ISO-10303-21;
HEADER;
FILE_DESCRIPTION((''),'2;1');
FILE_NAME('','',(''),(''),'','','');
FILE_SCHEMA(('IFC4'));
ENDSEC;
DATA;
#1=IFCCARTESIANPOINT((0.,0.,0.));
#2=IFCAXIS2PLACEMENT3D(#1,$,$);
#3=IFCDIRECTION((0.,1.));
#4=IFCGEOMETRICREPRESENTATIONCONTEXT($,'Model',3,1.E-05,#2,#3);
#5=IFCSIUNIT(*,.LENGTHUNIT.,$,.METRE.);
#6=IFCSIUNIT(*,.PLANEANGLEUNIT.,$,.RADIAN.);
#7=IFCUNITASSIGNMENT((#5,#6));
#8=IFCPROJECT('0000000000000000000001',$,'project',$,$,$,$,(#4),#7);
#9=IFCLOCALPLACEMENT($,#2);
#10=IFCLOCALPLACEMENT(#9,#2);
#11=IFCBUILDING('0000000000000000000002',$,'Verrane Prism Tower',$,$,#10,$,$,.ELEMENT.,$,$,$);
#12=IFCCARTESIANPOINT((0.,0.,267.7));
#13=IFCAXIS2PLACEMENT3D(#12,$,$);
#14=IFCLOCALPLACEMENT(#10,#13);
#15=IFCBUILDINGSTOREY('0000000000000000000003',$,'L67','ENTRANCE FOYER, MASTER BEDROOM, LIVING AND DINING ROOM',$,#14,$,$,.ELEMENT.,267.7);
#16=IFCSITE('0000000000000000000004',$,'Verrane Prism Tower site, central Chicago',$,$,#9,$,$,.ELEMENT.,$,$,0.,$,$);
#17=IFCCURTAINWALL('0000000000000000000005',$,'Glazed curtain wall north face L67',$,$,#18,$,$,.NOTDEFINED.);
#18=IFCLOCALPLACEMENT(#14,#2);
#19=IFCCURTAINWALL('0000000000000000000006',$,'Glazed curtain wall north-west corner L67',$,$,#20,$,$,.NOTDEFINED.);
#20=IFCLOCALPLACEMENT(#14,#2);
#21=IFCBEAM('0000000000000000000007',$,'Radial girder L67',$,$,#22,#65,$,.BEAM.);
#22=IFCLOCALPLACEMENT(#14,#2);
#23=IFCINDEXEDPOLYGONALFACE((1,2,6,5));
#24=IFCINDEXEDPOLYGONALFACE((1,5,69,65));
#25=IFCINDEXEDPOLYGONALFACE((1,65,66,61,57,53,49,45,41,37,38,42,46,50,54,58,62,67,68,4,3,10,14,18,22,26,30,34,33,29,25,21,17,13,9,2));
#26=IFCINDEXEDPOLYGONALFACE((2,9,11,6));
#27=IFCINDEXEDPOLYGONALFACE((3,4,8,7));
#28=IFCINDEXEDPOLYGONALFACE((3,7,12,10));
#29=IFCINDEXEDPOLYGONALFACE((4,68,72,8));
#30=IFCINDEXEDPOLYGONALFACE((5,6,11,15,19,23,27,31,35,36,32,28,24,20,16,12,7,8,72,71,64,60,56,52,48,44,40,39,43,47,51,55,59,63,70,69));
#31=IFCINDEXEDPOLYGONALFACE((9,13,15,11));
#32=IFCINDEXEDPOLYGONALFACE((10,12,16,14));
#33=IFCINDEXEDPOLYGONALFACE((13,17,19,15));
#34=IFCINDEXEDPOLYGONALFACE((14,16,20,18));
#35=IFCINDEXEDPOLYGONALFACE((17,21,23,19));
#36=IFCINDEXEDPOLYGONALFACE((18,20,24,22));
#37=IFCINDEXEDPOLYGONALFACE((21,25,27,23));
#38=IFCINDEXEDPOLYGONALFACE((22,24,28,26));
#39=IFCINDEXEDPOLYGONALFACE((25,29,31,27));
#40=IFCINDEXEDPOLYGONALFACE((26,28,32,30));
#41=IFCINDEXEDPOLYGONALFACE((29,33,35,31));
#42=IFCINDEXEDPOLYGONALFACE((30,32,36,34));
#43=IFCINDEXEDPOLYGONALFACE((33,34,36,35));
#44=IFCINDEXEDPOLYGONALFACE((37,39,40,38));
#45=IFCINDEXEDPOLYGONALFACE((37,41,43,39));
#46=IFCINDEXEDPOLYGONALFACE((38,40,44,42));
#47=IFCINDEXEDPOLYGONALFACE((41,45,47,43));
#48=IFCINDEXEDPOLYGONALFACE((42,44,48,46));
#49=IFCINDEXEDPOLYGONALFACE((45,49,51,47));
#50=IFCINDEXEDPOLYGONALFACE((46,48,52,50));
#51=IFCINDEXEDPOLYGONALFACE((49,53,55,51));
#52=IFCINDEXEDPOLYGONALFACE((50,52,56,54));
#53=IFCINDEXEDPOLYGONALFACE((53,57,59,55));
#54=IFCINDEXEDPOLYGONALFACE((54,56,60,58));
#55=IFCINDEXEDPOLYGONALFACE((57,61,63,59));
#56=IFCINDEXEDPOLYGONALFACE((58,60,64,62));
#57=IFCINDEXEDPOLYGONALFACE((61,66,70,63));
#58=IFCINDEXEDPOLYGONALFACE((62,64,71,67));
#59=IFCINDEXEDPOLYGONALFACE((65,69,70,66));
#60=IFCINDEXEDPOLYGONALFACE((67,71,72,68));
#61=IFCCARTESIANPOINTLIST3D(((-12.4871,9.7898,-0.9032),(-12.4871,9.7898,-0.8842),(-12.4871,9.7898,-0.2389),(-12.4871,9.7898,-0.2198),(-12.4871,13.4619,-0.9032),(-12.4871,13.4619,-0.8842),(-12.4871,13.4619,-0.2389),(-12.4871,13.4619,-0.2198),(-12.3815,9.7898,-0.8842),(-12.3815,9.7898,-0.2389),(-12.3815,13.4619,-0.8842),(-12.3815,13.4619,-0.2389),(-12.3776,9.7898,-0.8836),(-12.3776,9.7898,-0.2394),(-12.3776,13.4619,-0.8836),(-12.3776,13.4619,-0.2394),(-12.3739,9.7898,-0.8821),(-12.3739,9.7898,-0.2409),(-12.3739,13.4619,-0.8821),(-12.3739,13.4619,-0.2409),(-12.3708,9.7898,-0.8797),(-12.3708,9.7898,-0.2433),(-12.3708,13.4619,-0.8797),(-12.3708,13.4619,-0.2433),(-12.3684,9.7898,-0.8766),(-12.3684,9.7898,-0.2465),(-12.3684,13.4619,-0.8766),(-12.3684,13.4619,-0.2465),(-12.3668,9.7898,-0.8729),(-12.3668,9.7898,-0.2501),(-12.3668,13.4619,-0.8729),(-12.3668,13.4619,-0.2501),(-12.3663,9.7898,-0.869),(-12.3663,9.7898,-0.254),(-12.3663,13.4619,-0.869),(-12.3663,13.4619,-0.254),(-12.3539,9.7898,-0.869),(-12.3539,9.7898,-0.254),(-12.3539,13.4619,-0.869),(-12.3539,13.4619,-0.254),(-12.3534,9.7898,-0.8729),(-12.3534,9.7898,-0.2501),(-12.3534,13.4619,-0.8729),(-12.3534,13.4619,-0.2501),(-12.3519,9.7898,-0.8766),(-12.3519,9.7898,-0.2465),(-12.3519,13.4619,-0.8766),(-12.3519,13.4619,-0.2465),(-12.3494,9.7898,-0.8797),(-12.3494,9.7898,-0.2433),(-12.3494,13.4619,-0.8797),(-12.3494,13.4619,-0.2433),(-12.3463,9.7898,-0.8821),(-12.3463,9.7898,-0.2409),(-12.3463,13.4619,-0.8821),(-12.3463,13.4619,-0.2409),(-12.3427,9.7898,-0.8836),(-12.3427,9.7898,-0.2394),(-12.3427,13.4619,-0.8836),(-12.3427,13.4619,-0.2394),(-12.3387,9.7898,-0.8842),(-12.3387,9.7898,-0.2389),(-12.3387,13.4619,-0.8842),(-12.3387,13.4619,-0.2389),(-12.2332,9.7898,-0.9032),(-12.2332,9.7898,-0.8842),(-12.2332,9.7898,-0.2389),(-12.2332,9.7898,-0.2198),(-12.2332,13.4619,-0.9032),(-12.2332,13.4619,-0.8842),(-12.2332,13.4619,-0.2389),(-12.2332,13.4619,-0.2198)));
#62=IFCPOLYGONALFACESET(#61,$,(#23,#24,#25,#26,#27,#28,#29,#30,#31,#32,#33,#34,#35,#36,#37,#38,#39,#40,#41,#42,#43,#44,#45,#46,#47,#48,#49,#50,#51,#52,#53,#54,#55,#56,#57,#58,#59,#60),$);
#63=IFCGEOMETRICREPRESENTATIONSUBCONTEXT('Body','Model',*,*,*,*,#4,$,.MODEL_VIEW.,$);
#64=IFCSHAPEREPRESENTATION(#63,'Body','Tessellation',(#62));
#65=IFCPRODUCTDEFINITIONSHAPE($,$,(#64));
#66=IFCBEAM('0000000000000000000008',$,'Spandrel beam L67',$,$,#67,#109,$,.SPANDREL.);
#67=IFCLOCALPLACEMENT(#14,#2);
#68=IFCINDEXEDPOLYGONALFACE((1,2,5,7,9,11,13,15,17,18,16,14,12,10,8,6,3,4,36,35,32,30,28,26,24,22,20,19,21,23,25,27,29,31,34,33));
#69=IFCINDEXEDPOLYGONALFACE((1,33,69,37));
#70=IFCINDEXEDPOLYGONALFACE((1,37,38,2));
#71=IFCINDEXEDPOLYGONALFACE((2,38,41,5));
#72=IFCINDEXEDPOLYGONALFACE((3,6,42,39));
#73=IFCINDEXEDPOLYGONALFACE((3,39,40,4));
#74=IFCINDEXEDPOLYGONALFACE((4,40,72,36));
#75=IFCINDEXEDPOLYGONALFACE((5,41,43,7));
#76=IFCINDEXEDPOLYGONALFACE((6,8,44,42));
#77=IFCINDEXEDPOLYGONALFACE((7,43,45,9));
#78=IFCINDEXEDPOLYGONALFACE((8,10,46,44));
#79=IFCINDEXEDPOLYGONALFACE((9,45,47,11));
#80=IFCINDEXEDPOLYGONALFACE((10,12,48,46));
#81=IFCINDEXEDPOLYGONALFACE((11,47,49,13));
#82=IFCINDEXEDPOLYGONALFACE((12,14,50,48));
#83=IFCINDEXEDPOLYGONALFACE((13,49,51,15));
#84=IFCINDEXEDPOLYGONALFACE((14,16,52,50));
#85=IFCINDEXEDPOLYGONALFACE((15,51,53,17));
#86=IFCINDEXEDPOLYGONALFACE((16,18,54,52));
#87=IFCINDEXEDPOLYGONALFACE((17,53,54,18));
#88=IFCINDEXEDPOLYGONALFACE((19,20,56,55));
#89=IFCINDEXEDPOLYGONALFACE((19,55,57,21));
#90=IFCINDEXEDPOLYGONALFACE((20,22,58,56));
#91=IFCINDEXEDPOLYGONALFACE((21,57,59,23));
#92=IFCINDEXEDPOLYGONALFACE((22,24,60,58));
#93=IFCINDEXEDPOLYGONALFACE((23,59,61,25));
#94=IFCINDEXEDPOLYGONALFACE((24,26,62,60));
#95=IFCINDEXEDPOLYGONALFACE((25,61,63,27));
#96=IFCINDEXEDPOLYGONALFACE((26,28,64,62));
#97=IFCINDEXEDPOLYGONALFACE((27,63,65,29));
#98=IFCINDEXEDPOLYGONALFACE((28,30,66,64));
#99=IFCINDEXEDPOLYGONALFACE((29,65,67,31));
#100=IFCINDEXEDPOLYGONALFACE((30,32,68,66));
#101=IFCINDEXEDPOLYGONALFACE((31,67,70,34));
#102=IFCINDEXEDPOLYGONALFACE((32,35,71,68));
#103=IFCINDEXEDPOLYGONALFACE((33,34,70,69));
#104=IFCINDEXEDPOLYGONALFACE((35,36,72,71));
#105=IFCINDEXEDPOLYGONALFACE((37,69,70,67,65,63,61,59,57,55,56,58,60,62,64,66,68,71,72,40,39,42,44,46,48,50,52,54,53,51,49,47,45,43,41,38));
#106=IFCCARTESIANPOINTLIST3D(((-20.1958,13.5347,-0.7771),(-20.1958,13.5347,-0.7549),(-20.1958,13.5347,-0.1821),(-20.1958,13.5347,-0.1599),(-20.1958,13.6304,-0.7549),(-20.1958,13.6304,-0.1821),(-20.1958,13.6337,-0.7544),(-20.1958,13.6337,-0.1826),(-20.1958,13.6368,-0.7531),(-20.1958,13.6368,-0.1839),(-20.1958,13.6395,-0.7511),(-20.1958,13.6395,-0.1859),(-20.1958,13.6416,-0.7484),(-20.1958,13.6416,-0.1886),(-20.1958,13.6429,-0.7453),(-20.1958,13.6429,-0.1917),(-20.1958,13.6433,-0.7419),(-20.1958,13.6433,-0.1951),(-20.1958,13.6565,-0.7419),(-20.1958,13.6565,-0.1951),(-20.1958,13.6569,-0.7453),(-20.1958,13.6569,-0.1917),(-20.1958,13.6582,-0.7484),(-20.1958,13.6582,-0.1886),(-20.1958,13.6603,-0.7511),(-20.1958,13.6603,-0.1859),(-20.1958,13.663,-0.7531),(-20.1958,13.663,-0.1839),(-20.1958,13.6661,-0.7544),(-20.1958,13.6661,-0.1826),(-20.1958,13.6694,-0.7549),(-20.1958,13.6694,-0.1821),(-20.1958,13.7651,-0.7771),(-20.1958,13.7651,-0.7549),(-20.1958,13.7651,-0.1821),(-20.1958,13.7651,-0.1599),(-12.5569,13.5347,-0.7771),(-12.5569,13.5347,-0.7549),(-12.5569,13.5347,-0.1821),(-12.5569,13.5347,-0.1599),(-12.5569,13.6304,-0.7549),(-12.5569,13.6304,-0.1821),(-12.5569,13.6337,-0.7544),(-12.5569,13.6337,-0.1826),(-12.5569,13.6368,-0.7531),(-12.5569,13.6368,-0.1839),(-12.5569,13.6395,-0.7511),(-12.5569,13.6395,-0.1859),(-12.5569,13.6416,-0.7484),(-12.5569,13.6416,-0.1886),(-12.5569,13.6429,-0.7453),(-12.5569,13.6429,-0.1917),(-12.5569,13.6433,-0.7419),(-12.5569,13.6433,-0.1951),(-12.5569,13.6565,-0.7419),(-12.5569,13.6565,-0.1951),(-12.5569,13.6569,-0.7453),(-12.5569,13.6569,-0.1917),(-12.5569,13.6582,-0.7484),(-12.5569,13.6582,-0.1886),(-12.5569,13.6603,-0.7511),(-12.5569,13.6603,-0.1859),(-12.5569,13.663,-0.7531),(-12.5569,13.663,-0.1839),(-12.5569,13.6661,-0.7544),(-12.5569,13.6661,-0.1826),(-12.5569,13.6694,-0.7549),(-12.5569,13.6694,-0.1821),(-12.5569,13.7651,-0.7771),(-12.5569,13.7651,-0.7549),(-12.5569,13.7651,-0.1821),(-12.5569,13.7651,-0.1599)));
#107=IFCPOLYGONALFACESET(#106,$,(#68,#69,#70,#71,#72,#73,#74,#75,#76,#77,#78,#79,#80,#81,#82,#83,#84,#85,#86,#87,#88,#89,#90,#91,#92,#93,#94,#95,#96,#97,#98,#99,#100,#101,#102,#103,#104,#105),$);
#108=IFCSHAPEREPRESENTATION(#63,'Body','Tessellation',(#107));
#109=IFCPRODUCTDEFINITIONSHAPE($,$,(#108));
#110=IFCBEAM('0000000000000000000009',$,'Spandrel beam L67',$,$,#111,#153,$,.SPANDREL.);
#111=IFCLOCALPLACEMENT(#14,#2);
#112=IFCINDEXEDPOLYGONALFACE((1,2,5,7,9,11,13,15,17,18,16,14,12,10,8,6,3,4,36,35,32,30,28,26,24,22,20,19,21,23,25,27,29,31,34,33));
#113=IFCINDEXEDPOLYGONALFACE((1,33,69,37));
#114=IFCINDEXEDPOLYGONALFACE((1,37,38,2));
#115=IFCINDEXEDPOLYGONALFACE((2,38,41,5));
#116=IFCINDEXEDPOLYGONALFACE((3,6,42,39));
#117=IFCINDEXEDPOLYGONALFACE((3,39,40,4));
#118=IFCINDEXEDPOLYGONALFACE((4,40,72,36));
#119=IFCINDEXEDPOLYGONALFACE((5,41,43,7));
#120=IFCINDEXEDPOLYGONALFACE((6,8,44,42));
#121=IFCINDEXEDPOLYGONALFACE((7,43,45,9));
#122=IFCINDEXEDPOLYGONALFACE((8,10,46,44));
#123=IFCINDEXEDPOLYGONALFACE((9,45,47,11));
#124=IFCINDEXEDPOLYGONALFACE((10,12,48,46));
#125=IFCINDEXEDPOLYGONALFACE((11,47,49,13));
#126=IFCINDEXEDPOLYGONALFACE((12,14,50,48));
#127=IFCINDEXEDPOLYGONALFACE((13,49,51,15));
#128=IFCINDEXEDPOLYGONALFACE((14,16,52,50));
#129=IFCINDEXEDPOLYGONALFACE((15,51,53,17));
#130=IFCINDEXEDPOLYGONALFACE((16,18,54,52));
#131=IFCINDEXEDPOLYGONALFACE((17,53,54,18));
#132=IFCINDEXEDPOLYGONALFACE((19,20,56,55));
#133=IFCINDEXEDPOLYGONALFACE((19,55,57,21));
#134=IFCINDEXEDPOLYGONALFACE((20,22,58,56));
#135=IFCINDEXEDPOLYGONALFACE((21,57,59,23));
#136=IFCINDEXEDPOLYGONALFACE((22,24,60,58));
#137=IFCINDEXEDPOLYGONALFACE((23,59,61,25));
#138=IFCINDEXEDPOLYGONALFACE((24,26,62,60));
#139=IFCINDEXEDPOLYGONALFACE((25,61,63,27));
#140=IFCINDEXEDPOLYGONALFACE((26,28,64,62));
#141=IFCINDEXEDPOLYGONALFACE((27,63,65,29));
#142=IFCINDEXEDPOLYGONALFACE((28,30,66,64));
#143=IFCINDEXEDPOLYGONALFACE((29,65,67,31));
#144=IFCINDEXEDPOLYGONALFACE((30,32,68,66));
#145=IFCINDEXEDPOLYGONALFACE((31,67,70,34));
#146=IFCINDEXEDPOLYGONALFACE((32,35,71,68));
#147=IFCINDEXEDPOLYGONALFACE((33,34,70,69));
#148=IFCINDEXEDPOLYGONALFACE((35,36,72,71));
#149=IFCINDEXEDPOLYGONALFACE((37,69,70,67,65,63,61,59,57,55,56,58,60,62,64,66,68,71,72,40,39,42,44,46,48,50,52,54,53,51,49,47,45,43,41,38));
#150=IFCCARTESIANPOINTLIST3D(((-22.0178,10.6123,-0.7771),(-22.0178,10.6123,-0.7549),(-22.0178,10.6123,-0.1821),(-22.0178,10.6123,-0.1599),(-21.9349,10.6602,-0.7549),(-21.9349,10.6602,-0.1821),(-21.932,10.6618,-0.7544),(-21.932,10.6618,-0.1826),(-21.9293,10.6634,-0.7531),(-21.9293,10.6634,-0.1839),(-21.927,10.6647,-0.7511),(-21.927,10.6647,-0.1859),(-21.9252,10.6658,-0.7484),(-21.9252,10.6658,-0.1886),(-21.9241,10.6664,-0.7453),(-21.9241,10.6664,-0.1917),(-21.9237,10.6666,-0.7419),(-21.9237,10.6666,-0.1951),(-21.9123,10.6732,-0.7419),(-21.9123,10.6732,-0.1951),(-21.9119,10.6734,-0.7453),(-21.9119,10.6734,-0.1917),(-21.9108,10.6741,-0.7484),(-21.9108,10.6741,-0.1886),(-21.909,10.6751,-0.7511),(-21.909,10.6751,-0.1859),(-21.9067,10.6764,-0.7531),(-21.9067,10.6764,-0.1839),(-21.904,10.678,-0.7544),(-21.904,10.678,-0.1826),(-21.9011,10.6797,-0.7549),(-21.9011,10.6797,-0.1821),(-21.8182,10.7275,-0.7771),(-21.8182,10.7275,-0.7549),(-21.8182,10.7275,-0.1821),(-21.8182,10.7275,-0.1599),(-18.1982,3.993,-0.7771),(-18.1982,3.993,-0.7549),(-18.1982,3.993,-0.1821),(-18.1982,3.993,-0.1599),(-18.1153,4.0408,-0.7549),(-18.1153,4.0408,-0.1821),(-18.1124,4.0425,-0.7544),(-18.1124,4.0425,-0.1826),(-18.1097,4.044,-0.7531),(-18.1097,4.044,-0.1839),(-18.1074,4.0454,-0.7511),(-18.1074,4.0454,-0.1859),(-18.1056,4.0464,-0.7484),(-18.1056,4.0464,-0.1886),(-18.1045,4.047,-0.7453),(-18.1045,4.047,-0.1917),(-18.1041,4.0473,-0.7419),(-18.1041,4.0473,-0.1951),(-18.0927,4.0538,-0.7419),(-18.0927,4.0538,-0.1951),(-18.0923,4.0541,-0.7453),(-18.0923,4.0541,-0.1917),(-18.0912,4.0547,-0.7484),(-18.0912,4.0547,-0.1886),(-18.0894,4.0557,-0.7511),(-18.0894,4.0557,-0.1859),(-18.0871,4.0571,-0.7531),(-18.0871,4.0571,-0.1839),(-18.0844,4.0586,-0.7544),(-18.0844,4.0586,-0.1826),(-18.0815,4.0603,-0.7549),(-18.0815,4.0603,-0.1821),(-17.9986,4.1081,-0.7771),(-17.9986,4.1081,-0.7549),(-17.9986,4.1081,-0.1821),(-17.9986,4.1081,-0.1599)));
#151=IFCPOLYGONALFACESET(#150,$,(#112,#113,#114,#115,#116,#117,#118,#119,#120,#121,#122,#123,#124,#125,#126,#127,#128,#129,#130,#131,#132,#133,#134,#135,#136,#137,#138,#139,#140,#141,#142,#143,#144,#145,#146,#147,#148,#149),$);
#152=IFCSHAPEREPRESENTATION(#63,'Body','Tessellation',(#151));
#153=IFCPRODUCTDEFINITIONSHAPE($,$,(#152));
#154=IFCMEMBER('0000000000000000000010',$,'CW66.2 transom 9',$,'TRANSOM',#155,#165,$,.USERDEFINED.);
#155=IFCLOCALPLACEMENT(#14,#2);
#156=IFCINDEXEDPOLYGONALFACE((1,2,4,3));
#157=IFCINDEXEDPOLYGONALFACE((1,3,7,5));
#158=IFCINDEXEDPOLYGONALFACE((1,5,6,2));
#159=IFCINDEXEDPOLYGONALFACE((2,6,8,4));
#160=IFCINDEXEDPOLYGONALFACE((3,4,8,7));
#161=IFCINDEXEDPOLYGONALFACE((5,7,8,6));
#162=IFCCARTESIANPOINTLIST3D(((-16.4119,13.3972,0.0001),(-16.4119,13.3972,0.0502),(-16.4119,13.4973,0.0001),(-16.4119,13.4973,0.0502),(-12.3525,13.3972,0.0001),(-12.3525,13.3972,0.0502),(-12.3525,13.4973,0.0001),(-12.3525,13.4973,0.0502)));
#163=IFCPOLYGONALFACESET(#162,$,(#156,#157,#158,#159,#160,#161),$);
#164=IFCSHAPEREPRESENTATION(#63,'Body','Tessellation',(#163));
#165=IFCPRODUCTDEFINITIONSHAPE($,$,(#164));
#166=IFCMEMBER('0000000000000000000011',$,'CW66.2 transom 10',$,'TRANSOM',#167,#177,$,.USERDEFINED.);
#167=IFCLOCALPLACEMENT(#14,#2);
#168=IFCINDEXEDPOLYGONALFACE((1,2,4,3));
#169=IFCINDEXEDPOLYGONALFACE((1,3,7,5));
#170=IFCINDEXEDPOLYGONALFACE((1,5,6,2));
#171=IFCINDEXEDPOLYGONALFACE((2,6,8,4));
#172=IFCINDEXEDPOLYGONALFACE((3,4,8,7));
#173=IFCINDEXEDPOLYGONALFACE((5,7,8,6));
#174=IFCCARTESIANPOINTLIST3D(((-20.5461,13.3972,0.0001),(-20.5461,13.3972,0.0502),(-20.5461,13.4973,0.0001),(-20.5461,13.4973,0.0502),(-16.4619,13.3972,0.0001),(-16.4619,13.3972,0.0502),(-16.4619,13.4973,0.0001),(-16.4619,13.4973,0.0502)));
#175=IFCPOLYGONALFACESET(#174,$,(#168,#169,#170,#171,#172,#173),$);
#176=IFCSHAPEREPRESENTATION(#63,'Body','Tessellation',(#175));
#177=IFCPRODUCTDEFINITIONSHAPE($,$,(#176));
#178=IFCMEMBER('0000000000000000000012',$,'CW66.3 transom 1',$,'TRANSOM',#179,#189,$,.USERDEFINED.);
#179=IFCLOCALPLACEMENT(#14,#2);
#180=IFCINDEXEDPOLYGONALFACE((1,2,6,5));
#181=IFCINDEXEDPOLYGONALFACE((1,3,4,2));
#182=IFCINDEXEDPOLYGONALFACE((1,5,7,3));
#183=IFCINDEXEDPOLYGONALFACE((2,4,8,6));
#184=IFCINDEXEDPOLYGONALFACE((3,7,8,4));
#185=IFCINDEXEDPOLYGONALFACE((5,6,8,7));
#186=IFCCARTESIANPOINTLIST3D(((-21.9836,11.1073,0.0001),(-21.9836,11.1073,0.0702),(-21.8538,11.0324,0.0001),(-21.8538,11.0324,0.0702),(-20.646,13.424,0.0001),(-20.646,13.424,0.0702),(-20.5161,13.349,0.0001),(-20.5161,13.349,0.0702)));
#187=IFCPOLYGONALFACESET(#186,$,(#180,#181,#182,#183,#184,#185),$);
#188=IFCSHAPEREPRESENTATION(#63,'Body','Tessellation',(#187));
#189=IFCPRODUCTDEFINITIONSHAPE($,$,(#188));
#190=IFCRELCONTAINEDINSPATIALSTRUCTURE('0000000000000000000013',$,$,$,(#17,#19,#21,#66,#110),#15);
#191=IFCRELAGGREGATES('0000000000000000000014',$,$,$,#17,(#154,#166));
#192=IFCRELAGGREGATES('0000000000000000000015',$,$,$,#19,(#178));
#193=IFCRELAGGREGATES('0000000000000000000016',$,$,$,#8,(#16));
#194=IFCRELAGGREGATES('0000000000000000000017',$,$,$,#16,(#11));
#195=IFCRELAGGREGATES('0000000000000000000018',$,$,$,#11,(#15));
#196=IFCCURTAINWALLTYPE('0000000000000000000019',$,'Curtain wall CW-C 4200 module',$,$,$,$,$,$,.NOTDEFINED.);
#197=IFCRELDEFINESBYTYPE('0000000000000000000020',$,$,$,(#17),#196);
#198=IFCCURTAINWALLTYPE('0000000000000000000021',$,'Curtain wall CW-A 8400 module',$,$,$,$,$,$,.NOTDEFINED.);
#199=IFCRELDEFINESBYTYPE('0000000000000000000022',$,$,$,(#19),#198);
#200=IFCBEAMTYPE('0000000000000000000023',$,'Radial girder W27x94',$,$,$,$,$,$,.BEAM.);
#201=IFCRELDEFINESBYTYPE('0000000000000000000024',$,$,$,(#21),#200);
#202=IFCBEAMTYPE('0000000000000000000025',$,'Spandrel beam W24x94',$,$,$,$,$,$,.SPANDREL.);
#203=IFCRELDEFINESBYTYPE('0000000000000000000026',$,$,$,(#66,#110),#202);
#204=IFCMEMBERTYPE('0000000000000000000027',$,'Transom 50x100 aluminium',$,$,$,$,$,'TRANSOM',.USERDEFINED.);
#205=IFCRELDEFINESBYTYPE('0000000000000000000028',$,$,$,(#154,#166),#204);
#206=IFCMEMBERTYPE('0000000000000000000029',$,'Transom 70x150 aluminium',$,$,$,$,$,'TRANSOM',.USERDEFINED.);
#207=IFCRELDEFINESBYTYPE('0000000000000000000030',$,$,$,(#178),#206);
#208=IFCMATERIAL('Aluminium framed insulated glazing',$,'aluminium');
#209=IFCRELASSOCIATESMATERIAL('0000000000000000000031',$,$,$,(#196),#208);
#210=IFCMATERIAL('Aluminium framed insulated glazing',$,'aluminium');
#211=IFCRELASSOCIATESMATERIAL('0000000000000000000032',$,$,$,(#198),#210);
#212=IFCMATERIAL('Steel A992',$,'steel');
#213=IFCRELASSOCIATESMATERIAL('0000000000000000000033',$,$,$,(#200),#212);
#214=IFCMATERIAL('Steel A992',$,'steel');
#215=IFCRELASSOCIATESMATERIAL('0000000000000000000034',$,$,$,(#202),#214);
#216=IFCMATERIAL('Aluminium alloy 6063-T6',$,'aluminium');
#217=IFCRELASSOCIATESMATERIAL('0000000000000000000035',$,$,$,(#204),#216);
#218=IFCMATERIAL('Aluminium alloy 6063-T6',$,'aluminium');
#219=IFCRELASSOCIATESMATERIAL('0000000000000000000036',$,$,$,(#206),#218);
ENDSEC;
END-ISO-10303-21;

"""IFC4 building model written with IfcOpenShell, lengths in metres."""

from ifc_helpers import new_model, si_unit, direction, frame, origin, origin_2d, place, context, subcontext, project, spatial, rectangle, i_section, extrude, material, material_profile, profile_set, type_object, element, aggregate, save


model = new_model("IFC4")

# Units and contexts
model_context = context("Model", 3, precision=1e-05, world=origin(), true_north=direction((0.0, 1.0)))
body_context = subcontext(model_context, "Body", "Model", "MODEL_VIEW")
ifc_project = project(units=[si_unit("LENGTHUNIT", "METRE"), si_unit("PLANEANGLEUNIT", "RADIAN")], contexts=[model_context])

# Site, building, storey
site_placement = place(None, origin())
site = spatial("IfcSite", under=ifc_project, at=site_placement, Name="Verrane Prism Tower site, central Chicago", CompositionType="ELEMENT", RefElevation=0.0)
building_placement = place(site_placement, origin())
building = spatial("IfcBuilding", under=site, at=building_placement, Name="Verrane Prism Tower", CompositionType="ELEMENT")
storey_placement = place(building_placement, frame((0.0, 0.0, 267.7)))
storey = spatial("IfcBuildingStorey", under=building, at=storey_placement, Name="L67", Description="ENTRANCE FOYER, MASTER BEDROOM, LIVING AND DINING ROOM", CompositionType="ELEMENT", Elevation=267.7)

# Curtain walls
ifc_material_1 = material(Name="Aluminium framed insulated glazing", Category="aluminium")
curtain_wall_type_1 = type_object("IfcCurtainWallType", Name="Curtain wall CW-C 4200 module", PredefinedType="NOTDEFINED", material=ifc_material_1)
curtain_wall_1_placement = place(storey_placement, origin())
curtain_wall_1 = element("IfcCurtainWall", 1, at=curtain_wall_1_placement, inside=storey, type_object=curtain_wall_type_1, Name="Glazed curtain wall north face L67", PredefinedType="NOTDEFINED")
ifc_material_2 = material(Name="Aluminium framed insulated glazing", Category="aluminium")
curtain_wall_type_2 = type_object("IfcCurtainWallType", Name="Curtain wall CW-A 8400 module", PredefinedType="NOTDEFINED", material=ifc_material_2)
curtain_wall_2_placement = place(storey_placement, origin())
curtain_wall_2 = element("IfcCurtainWall", 2, at=curtain_wall_2_placement, inside=storey, type_object=curtain_wall_type_2, Name="Glazed curtain wall north-west corner L67", PredefinedType="NOTDEFINED")

# Beams
ifc_material_3 = material(Name="Steel A992", Category="steel")
ifc_material_profile_1 = material_profile(ifc_material_3, i_section(OverallWidth=0.2539, OverallDepth=0.6833, WebThickness=0.0125, FlangeThickness=0.019, FilletRadius=0.0151, at=origin_2d()), Name="W27x94")
ifc_profile_set_1 = profile_set([ifc_material_profile_1], Name="Steel A992")
beam_type_1 = type_object("IfcBeamType", Name="Radial girder W27x94", PredefinedType="BEAM", material=ifc_profile_set_1)
beam_1_placement = place(storey_placement, frame((-12.3601, 13.4619, -0.5615), z_axis=(0.0, -1.0, 0.0), x_axis=(1.0, 0.0, 0.0)))
element("IfcBeam", 3, at=beam_1_placement, inside=storey, type_object=beam_type_1, Name="Radial girder L67", PredefinedType="BEAM", context=body_context, shape_type="SweptSolid", body=[
    extrude(i_section(OverallWidth=0.2539, OverallDepth=0.6833, WebThickness=0.0125, FlangeThickness=0.019, FilletRadius=0.0151, at=origin_2d()), origin(), (0.0, 0.0, 1.0), 3.6721),
])
ifc_material_4 = material(Name="Steel A992", Category="steel")
ifc_material_profile_2 = material_profile(ifc_material_4, i_section(OverallWidth=0.2305, OverallDepth=0.6172, WebThickness=0.0132, FlangeThickness=0.0222, FilletRadius=0.0129, at=origin_2d()), Name="W24x94")
ifc_profile_set_2 = profile_set([ifc_material_profile_2], Name="Steel A992")
beam_type_2 = type_object("IfcBeamType", Name="Spandrel beam W24x94", PredefinedType="SPANDREL", material=ifc_profile_set_2)
beam_2_placement = place(storey_placement, frame((-12.5569, 13.6499, -0.4685), z_axis=(-1.0, 0.0, 0.0), x_axis=(0.0, -1.0, 0.0)))
element("IfcBeam", 4, at=beam_2_placement, inside=storey, type_object=beam_type_2, Name="Spandrel beam L67", PredefinedType="SPANDREL", context=body_context, shape_type="SweptSolid", body=[
    extrude(i_section(OverallWidth=0.2305, OverallDepth=0.6172, WebThickness=0.0132, FlangeThickness=0.0222, FilletRadius=0.0129, at=origin_2d()), origin(), (0.0, 0.0, 1.0), 7.6389),
])
beam_3_placement = place(storey_placement, frame((-21.918, 10.6699, -0.4685), z_axis=(0.499792, -0.866146, 0.0), x_axis=(0.866146, 0.499792, 0.0)))
element("IfcBeam", 5, at=beam_3_placement, inside=storey, type_object=beam_type_2, Name="Spandrel beam L67", PredefinedType="SPANDREL", context=body_context, shape_type="SweptSolid", body=[
    extrude(i_section(OverallWidth=0.2305, OverallDepth=0.6172, WebThickness=0.0132, FlangeThickness=0.0222, FilletRadius=0.0129, at=origin_2d()), origin(), (0.0, 0.0, 1.0), 7.6423),
])

# Members
ifc_material_5 = material(Name="Aluminium alloy 6063-T6", Category="aluminium")
ifc_material_profile_3 = material_profile(ifc_material_5, rectangle(XDim=0.1001, YDim=0.05, at=origin_2d()), Name="Transom 50x100 aluminium")
ifc_profile_set_3 = profile_set([ifc_material_profile_3], Name="Aluminium alloy 6063-T6")
member_type_1 = type_object("IfcMemberType", Name="Transom 50x100 aluminium", ElementType="TRANSOM", PredefinedType="USERDEFINED", material=ifc_profile_set_3)
member_1_placement = place(storey_placement, frame((-12.3525, 13.4473, 0.0251), z_axis=(-1.0, 0.0, 0.0), x_axis=(0.0, -1.0, 0.0)))
member_1 = element("IfcMember", 6, at=member_1_placement, type_object=member_type_1, Name="CW66.2 transom 9", ObjectType="TRANSOM", PredefinedType="USERDEFINED", context=body_context, shape_type="SweptSolid", body=[
    extrude(rectangle(XDim=0.1001, YDim=0.05, at=origin_2d()), origin(), (0.0, 0.0, 1.0), 4.0593),
])
member_2_placement = place(storey_placement, frame((-16.4619, 13.4473, 0.0251), z_axis=(-1.0, 0.0, 0.0), x_axis=(0.0, -1.0, 0.0)))
member_2 = element("IfcMember", 7, at=member_2_placement, type_object=member_type_1, Name="CW66.2 transom 10", ObjectType="TRANSOM", PredefinedType="USERDEFINED", context=body_context, shape_type="SweptSolid", body=[
    extrude(rectangle(XDim=0.1001, YDim=0.05, at=origin_2d()), origin(), (0.0, 0.0, 1.0), 4.0842),
])
ifc_material_6 = material(Name="Aluminium alloy 6063-T6", Category="aluminium")
ifc_material_profile_4 = material_profile(ifc_material_6, rectangle(XDim=0.1499, YDim=0.0701, at=origin_2d()), Name="Transom 70x150 aluminium")
ifc_profile_set_4 = profile_set([ifc_material_profile_4], Name="Aluminium alloy 6063-T6")
member_type_2 = type_object("IfcMemberType", Name="Transom 70x150 aluminium", ElementType="TRANSOM", PredefinedType="USERDEFINED", material=ifc_profile_set_4)
member_3_placement = place(storey_placement, frame((-20.5811, 13.3865, 0.0352), z_axis=(-0.500036, -0.866005, 0.0), x_axis=(0.866005, -0.500036, 0.0)))
member_3 = element("IfcMember", 8, at=member_3_placement, type_object=member_type_2, Name="CW66.3 transom 1", ObjectType="TRANSOM", PredefinedType="USERDEFINED", context=body_context, shape_type="SweptSolid", body=[
    extrude(rectangle(XDim=0.1499, YDim=0.0701, at=origin_2d()), origin(), (0.0, 0.0, 1.0), 2.675),
])

aggregate(curtain_wall_1, [member_1, member_2])
aggregate(curtain_wall_2, [member_3])

save(model, "model.ifc")
